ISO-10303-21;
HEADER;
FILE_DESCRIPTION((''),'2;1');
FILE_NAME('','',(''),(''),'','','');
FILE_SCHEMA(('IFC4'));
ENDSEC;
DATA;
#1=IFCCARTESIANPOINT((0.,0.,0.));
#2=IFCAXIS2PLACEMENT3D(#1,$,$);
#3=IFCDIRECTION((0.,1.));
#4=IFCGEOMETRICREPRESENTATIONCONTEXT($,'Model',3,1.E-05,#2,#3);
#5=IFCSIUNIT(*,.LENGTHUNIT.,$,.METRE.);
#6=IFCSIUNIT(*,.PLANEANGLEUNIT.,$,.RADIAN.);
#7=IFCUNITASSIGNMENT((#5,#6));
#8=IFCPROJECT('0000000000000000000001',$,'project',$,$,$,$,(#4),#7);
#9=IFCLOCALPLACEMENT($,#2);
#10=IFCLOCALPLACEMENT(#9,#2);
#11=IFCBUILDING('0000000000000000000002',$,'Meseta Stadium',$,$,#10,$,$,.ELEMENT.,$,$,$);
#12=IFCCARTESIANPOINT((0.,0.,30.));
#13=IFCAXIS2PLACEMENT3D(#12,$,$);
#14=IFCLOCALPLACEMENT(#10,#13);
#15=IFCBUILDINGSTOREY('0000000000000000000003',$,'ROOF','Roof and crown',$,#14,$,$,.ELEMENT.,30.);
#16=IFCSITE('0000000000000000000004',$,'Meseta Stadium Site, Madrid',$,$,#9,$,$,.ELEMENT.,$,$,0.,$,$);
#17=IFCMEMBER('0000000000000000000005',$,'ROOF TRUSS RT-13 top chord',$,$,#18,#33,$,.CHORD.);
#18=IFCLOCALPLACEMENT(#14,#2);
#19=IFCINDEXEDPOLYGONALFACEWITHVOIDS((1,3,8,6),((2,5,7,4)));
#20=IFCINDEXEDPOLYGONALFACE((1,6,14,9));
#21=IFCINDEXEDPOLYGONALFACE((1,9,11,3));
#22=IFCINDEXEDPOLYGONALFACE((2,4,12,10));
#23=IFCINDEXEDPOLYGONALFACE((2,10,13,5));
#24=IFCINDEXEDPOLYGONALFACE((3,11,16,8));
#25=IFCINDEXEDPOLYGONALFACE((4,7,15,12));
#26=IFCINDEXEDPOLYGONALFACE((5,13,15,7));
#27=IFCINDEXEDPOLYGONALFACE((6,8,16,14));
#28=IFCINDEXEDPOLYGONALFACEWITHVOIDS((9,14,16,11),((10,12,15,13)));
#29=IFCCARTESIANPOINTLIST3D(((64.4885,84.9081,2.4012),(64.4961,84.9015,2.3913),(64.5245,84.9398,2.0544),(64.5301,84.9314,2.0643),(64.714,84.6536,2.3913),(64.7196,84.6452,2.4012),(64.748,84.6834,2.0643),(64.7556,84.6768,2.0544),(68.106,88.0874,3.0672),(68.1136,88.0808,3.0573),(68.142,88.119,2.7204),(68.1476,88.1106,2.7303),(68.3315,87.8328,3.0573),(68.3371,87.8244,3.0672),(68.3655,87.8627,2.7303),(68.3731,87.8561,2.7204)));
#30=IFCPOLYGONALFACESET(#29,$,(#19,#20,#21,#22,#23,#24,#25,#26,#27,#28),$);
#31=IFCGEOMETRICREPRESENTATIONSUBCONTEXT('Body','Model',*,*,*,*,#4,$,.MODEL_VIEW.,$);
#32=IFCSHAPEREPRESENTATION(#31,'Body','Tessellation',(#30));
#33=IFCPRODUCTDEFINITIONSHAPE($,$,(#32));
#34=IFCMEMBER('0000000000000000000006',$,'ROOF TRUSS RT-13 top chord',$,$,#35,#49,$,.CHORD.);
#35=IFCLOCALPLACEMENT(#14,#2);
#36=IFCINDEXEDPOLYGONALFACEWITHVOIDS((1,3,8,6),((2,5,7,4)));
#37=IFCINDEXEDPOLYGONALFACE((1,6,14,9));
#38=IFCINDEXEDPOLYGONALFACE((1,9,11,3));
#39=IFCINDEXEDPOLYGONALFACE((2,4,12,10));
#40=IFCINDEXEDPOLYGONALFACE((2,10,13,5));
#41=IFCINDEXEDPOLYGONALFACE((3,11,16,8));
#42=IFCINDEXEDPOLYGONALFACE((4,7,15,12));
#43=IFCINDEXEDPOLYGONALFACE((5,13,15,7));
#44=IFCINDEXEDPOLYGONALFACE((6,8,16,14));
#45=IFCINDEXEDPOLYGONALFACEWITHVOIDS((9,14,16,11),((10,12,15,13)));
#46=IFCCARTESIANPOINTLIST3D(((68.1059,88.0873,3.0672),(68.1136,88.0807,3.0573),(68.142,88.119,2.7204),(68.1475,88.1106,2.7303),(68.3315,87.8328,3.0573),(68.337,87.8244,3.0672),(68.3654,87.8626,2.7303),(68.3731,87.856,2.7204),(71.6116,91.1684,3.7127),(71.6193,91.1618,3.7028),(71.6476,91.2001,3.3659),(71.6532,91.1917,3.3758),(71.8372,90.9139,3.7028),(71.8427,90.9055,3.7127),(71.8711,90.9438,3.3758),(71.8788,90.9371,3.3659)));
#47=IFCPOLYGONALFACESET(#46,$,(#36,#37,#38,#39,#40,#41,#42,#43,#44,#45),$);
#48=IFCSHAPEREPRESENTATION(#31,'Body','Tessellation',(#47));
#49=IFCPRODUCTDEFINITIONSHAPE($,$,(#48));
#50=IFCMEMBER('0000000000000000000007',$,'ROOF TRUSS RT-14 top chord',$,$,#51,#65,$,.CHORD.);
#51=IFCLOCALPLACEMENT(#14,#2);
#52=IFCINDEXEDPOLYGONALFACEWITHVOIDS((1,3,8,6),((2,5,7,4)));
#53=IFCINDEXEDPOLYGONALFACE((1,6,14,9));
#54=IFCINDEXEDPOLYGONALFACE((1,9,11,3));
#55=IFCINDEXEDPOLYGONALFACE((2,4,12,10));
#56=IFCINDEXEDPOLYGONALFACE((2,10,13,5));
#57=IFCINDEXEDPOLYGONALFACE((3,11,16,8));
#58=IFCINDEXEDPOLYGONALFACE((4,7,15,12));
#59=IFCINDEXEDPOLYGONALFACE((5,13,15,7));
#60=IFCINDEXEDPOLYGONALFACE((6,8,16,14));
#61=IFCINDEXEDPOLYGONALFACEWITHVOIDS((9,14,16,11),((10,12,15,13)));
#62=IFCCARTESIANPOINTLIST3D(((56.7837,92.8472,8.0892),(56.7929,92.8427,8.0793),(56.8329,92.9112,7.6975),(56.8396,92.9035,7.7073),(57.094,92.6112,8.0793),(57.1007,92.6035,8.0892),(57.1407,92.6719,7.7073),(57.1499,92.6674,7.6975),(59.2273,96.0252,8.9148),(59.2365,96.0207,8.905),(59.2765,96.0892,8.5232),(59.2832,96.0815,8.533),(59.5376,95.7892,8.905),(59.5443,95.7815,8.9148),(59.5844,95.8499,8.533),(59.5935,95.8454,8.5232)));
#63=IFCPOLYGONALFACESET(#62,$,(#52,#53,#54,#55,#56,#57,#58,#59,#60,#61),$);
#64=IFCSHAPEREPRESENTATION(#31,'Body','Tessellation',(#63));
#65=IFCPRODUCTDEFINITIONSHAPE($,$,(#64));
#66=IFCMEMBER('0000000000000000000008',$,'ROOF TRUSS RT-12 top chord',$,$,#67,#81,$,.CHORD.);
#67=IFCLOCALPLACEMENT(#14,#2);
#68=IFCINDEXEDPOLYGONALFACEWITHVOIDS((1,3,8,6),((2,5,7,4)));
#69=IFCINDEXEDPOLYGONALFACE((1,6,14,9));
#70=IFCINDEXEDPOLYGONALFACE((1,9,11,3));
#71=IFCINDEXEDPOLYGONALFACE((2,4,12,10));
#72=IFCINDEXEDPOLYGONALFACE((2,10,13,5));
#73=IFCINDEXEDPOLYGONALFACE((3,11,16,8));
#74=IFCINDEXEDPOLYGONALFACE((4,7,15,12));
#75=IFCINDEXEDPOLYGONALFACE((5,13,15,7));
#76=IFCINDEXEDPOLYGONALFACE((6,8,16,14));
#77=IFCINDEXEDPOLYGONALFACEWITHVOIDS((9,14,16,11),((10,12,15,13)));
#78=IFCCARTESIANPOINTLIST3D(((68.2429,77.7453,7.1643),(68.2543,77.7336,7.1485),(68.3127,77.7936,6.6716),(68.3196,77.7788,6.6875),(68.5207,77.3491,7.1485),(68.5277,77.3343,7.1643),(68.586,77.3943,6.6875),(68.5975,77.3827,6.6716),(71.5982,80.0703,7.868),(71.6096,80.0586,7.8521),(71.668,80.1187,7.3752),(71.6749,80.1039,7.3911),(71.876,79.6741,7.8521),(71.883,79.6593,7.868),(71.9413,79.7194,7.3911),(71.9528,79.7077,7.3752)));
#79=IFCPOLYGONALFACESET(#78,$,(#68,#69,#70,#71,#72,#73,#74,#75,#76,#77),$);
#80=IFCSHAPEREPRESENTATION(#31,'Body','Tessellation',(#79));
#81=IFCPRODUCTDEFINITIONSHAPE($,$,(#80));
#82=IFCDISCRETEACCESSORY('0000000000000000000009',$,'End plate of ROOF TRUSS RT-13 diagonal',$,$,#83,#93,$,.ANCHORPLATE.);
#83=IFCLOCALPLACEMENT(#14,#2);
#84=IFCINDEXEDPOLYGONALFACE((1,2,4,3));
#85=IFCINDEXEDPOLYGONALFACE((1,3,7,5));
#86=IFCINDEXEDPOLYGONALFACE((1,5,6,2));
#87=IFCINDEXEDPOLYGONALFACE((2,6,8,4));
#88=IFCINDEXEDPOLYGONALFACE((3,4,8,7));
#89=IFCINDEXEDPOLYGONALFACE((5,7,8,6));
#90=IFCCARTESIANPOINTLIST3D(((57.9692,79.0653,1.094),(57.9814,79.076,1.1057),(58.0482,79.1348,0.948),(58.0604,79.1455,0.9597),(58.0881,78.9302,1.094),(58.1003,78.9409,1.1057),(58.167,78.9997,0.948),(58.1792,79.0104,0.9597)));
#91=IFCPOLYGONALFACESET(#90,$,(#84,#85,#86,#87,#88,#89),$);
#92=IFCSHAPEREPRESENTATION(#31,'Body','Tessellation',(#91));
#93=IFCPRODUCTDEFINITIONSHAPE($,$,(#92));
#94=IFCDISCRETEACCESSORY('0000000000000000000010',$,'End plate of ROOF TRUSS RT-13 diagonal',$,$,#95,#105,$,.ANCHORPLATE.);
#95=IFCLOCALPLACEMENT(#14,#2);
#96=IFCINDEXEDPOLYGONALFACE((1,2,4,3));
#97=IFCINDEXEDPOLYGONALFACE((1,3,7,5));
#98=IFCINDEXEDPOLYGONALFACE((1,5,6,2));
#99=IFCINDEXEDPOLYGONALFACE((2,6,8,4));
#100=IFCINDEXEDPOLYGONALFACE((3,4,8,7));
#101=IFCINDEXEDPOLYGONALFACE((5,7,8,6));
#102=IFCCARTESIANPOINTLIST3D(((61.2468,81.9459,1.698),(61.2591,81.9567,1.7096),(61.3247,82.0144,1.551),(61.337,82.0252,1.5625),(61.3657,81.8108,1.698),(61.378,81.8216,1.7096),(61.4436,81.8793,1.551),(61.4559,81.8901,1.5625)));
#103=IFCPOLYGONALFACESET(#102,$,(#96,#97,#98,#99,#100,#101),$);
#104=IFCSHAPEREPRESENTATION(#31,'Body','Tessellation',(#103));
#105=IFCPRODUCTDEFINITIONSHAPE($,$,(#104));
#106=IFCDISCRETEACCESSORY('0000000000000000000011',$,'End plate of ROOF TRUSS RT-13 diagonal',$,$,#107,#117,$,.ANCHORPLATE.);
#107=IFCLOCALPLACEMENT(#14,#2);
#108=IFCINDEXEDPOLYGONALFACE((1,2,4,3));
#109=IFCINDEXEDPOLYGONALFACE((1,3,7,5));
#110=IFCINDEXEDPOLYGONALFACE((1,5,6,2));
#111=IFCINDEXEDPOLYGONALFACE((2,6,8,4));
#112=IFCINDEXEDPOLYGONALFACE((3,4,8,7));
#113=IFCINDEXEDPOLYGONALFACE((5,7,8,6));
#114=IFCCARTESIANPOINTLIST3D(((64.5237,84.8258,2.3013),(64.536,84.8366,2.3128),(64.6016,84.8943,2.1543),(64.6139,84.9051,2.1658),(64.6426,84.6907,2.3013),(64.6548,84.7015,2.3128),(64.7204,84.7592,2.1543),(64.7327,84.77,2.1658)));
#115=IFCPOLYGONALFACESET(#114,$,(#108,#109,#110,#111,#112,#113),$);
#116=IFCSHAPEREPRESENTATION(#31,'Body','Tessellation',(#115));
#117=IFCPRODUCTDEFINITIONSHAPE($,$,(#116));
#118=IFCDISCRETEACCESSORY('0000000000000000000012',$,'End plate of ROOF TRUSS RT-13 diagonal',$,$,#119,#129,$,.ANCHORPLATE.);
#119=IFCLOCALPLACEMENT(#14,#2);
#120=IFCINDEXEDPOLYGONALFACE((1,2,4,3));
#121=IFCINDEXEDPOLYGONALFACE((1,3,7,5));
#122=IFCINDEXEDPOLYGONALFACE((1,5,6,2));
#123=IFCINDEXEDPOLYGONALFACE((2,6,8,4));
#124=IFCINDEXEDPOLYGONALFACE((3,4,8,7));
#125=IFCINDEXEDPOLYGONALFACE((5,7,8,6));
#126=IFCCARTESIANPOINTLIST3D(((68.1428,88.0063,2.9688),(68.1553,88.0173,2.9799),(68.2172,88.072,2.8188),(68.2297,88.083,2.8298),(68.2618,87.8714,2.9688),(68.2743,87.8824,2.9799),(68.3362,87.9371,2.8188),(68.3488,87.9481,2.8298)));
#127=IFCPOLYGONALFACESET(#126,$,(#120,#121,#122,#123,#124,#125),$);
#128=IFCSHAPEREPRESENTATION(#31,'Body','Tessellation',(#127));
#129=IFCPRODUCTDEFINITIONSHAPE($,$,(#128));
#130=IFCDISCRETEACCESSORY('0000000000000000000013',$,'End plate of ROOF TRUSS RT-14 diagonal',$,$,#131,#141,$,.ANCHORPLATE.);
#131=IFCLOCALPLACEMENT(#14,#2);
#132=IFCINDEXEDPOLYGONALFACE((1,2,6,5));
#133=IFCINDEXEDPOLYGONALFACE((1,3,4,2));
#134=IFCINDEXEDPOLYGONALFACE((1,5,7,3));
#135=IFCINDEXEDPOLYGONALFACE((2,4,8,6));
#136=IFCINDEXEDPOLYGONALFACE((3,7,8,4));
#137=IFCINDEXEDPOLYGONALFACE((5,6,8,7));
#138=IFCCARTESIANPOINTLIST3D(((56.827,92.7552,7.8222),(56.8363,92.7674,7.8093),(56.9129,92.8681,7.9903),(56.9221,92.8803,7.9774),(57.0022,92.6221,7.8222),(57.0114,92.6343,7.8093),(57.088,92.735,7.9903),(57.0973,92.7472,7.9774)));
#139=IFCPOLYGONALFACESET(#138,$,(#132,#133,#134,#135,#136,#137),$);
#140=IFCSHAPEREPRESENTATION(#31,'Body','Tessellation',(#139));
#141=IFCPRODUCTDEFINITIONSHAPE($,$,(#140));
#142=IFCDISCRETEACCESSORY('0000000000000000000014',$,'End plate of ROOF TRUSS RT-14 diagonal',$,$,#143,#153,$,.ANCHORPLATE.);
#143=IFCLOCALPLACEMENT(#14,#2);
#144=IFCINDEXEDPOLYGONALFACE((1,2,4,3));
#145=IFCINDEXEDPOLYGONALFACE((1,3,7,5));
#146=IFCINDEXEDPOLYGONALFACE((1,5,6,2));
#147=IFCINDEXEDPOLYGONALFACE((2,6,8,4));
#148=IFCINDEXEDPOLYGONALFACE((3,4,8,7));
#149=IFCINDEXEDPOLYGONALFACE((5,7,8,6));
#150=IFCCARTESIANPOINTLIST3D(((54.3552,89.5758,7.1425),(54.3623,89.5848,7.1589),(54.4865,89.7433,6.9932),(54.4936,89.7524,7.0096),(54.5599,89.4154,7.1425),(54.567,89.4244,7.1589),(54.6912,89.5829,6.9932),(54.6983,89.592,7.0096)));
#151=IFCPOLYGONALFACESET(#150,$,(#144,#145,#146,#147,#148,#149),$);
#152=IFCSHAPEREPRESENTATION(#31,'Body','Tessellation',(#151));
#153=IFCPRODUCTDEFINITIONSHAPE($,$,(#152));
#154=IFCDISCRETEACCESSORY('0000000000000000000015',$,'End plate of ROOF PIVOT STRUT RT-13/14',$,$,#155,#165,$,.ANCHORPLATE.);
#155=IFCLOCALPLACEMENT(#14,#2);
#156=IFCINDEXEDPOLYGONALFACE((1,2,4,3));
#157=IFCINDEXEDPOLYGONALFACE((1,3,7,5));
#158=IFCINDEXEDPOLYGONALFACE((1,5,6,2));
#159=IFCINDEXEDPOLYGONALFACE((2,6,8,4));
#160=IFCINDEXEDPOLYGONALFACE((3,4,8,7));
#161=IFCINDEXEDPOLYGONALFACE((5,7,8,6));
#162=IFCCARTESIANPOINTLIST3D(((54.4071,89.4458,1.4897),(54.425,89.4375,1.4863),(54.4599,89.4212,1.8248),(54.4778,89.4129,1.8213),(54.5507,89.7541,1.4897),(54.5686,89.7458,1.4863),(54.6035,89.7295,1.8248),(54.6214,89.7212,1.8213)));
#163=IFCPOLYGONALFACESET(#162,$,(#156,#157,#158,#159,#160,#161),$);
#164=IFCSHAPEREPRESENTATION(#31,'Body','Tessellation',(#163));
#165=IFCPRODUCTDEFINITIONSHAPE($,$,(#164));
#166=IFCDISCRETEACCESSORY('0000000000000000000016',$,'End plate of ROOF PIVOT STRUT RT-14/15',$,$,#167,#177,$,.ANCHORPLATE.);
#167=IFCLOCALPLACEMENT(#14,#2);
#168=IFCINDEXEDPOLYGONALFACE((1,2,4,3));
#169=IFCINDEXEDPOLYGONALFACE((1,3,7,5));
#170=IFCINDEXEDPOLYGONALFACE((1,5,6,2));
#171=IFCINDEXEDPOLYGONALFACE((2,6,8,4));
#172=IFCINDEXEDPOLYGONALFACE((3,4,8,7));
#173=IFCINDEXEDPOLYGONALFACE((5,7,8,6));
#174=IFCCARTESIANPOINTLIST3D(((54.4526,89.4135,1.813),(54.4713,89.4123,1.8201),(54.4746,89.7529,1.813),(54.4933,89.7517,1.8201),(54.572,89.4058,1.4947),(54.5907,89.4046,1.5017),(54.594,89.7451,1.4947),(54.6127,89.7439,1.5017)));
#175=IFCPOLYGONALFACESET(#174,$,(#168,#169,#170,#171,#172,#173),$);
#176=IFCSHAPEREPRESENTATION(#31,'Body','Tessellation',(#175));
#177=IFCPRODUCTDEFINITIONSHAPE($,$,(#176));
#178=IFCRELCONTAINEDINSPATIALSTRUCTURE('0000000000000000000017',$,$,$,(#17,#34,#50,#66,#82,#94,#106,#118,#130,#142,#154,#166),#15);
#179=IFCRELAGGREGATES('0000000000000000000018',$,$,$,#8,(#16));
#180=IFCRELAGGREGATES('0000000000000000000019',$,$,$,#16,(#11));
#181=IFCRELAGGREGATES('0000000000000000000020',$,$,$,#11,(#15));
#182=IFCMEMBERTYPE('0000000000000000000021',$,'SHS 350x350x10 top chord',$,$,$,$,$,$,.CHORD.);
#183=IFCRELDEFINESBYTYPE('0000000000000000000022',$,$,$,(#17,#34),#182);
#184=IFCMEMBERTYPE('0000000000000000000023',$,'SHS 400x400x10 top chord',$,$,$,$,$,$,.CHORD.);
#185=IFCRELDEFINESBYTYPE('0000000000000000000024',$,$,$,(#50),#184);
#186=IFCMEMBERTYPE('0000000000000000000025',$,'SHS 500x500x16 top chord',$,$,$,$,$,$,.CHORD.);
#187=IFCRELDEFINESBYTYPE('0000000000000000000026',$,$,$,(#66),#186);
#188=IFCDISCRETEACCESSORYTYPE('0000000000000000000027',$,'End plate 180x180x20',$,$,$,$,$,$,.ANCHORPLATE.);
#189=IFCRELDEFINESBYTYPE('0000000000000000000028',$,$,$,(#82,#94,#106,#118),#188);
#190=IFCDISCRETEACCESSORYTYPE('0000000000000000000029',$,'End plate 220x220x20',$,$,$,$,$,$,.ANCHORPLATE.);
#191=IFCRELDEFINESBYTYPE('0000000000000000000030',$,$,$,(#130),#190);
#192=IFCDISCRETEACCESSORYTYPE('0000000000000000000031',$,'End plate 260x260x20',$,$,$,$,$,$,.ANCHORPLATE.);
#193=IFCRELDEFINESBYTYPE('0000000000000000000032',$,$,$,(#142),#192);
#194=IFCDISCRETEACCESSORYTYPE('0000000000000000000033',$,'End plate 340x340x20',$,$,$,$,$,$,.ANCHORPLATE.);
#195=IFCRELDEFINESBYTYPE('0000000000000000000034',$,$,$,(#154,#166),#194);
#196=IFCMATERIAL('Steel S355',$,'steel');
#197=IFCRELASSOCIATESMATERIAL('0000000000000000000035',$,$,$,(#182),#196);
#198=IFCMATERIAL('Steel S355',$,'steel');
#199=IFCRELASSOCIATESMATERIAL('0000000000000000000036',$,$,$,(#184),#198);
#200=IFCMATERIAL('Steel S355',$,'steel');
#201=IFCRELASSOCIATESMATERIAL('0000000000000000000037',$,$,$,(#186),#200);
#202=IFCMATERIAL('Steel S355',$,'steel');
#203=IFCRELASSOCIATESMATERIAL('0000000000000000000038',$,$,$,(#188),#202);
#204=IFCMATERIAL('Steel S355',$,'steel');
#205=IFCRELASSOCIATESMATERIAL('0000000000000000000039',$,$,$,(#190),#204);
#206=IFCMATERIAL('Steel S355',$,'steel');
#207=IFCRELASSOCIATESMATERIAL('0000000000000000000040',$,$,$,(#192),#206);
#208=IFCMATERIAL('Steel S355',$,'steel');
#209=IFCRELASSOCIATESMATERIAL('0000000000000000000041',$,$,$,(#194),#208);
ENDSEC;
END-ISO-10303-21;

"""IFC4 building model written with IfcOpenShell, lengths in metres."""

from ifc_helpers import new_model, si_unit, direction, frame, origin, origin_2d, place, context, subcontext, project, spatial, rectangle, hollow_rectangle, extrude, material, material_profile, profile_set, type_object, element, save


model = new_model("IFC4")

# Units and contexts
model_context = context("Model", 3, precision=1e-05, world=origin(), true_north=direction((0.0, 1.0)))
body_context = subcontext(model_context, "Body", "Model", "MODEL_VIEW")
ifc_project = project(units=[si_unit("LENGTHUNIT", "METRE"), si_unit("PLANEANGLEUNIT", "RADIAN")], contexts=[model_context])

# Site, building, storey
site_placement = place(None, origin())
site = spatial("IfcSite", under=ifc_project, at=site_placement, Name="Meseta Stadium Site, Madrid", CompositionType="ELEMENT", RefElevation=0.0)
building_placement = place(site_placement, origin())
building = spatial("IfcBuilding", under=site, at=building_placement, Name="Meseta Stadium", CompositionType="ELEMENT")
storey_placement = place(building_placement, frame((0.0, 0.0, 30.0)))
storey = spatial("IfcBuildingStorey", under=building, at=storey_placement, Name="ROOF", Description="Roof and crown", CompositionType="ELEMENT", Elevation=30.0)

# Members
ifc_material_1 = material(Name="Steel S355", Category="steel")
ifc_material_profile_1 = material_profile(ifc_material_1, hollow_rectangle(XDim=0.3501, YDim=0.3501, WallThickness=0.01, at=origin_2d()), Name="SHS 350x350x10")
ifc_profile_set_1 = profile_set([ifc_material_profile_1], Name="Steel S355")
member_type_1 = type_object("IfcMemberType", Name="SHS 350x350x10 top chord", PredefinedType="CHORD", material=ifc_profile_set_1)
member_1_placement = place(storey_placement, frame((64.6221, 84.7925, 2.2278), z_axis=(0.744058, 0.65392, 0.136991), x_axis=(-0.660143, 0.75114, 0.0)))
element("IfcMember", 1, at=member_1_placement, inside=storey, type_object=member_type_1, Name="ROOF TRUSS RT-13 top chord", PredefinedType="CHORD", context=body_context, shape_type="SweptSolid", body=[
    extrude(hollow_rectangle(XDim=0.3501, YDim=0.3501, WallThickness=0.01, at=origin_2d()), origin(), (0.0, 0.0, 1.0), 4.8618),
])
member_2_placement = place(storey_placement, frame((68.2395, 87.9717, 2.8938), z_axis=(0.744044, 0.653933, 0.137005), x_axis=(-0.660158, 0.751126, 0.0)))
element("IfcMember", 2, at=member_2_placement, inside=storey, type_object=member_type_1, Name="ROOF TRUSS RT-13 top chord", PredefinedType="CHORD", context=body_context, shape_type="SweptSolid", body=[
    extrude(hollow_rectangle(XDim=0.3501, YDim=0.3501, WallThickness=0.01, at=origin_2d()), origin(), (0.0, 0.0, 1.0), 4.7117),
])
ifc_material_2 = material(Name="Steel S355", Category="steel")
ifc_material_profile_2 = material_profile(ifc_material_2, hollow_rectangle(XDim=0.3999, YDim=0.3999, WallThickness=0.01, at=origin_2d()), Name="SHS 400x400x10")
ifc_profile_set_2 = profile_set([ifc_material_profile_2], Name="Steel S355")
member_type_2 = type_object("IfcMemberType", Name="SHS 400x400x10 top chord", PredefinedType="CHORD", material=ifc_profile_set_2)
member_3_placement = place(storey_placement, frame((56.9668, 92.7573, 7.8933), z_axis=(0.597023, 0.776446, 0.201732), x_axis=(-0.792744, 0.609555, 0.0)))
element("IfcMember", 3, at=member_3_placement, inside=storey, type_object=member_type_2, Name="ROOF TRUSS RT-14 top chord", PredefinedType="CHORD", context=body_context, shape_type="SweptSolid", body=[
    extrude(hollow_rectangle(XDim=0.3999, YDim=0.3999, WallThickness=0.01, at=origin_2d()), origin(), (0.0, 0.0, 1.0), 4.093),
])
ifc_material_3 = material(Name="Steel S355", Category="steel")
ifc_material_profile_3 = material_profile(ifc_material_3, hollow_rectangle(XDim=0.5, YDim=0.5, WallThickness=0.0161, at=origin_2d()), Name="SHS 500x500x16")
ifc_profile_set_3 = profile_set([ifc_material_profile_3], Name="Steel S355")
member_type_3 = type_object("IfcMemberType", Name="SHS 500x500x16 top chord", PredefinedType="CHORD", material=ifc_profile_set_3)
member_4_placement = place(storey_placement, frame((68.4202, 77.564, 6.918), z_axis=(0.810006, 0.561281, 0.169864), x_axis=(-0.569558, 0.821951, 0.0)))
element("IfcMember", 4, at=member_4_placement, inside=storey, type_object=member_type_3, Name="ROOF TRUSS RT-12 top chord", PredefinedType="CHORD", context=body_context, shape_type="SweptSolid", body=[
    extrude(hollow_rectangle(XDim=0.5, YDim=0.5, WallThickness=0.0161, at=origin_2d()), origin(), (0.0, 0.0, 1.0), 4.1423),
])

# Discrete accessories
ifc_material_4 = material(Name="Steel S355", Category="steel")
ifc_material_profile_4 = material_profile(ifc_material_4, rectangle(XDim=0.1799, YDim=0.1799, at=origin_2d()), Name="PL 180x180")
ifc_profile_set_4 = profile_set([ifc_material_profile_4], Name="Steel S355")
discrete_accessory_type_1 = type_object("IfcDiscreteAccessoryType", Name="End plate 180x180x20", PredefinedType="ANCHORPLATE", material=ifc_profile_set_4)
for number, where, z_axis, x_axis, name in (
    (5, (58.0681, 79.0325, 1.021), (0.609032, 0.535948, 0.584671), (-0.660628, 0.750714, 0.0), "End plate of ROOF TRUSS RT-13 diagonal"),
    (6, (61.3452, 81.9126, 1.6245), (0.61337, 0.539766, 0.576568), (-0.660628, 0.750714, 0.0), "End plate of ROOF TRUSS RT-13 diagonal"),
    (7, (64.6221, 84.7925, 2.2278), (0.61337, 0.539766, 0.576568), (-0.660628, 0.750714, 0.0), "End plate of ROOF TRUSS RT-13 diagonal"),
    (8, (68.2395, 87.9717, 2.8938), (0.625355, 0.551784, 0.551784), (-0.661622, 0.749838, 0.0), "End plate of ROOF TRUSS RT-13 diagonal"),
):
    element("IfcDiscreteAccessory", number, at=place(storey_placement, frame(where, z_axis=z_axis, x_axis=x_axis)), inside=storey, type_object=discrete_accessory_type_1, Name=name, PredefinedType="ANCHORPLATE", context=body_context, shape_type="SweptSolid", body=[
        extrude(rectangle(XDim=0.1799, YDim=0.1799, at=origin_2d()), origin(), (0.0, 0.0, 1.0), 0.02),
    ])
ifc_material_5 = material(Name="Steel S355", Category="steel")
ifc_material_profile_5 = material_profile(ifc_material_5, rectangle(XDim=0.22, YDim=0.22, at=origin_2d()), Name="PL 220x220")
ifc_profile_set_5 = profile_set([ifc_material_profile_5], Name="Steel S355")
discrete_accessory_type_2 = type_object("IfcDiscreteAccessoryType", Name="End plate 220x220x20", PredefinedType="ANCHORPLATE", material=ifc_profile_set_5)
discrete_accessory_1_placement = place(storey_placement, frame((56.9575, 92.7451, 7.9062), z_axis=(0.462419, 0.608445, -0.644952), x_axis=(-0.796162, 0.605083, 0.0)))
element("IfcDiscreteAccessory", 9, at=discrete_accessory_1_placement, inside=storey, type_object=discrete_accessory_type_2, Name="End plate of ROOF TRUSS RT-14 diagonal", PredefinedType="ANCHORPLATE", context=body_context, shape_type="SweptSolid", body=[
    extrude(rectangle(XDim=0.22, YDim=0.22, at=origin_2d()), origin(), (0.0, 0.0, 1.0), 0.02),
])
ifc_material_6 = material(Name="Steel S355", Category="steel")
ifc_material_profile_6 = material_profile(ifc_material_6, rectangle(XDim=0.26, YDim=0.26, at=origin_2d()), Name="PL 260x260")
ifc_profile_set_6 = profile_set([ifc_material_profile_6], Name="Steel S355")
discrete_accessory_type_3 = type_object("IfcDiscreteAccessoryType", Name="End plate 260x260x20", PredefinedType="ANCHORPLATE", material=ifc_profile_set_6)
discrete_accessory_2_placement = place(storey_placement, frame((54.5232, 89.5793, 7.0679), z_axis=(0.354318, 0.452061, 0.818596), x_axis=(-0.787056, 0.616882, 0.0)))
element("IfcDiscreteAccessory", 10, at=discrete_accessory_2_placement, inside=storey, type_object=discrete_accessory_type_3, Name="End plate of ROOF TRUSS RT-14 diagonal", PredefinedType="ANCHORPLATE", context=body_context, shape_type="SweptSolid", body=[
    extrude(rectangle(XDim=0.26, YDim=0.26, at=origin_2d()), origin(), (0.0, 0.0, 1.0), 0.02),
])
ifc_material_7 = material(Name="Steel S355", Category="steel")
ifc_material_profile_7 = material_profile(ifc_material_7, rectangle(XDim=0.3401, YDim=0.3401, at=origin_2d()), Name="PL 340x340")
ifc_profile_set_7 = profile_set([ifc_material_profile_7], Name="Steel S355")
discrete_accessory_type_4 = type_object("IfcDiscreteAccessoryType", Name="End plate 340x340x20", PredefinedType="ANCHORPLATE", material=ifc_profile_set_7)
for number, where, z_axis, x_axis, name in (
    (11, (54.5232, 89.5793, 1.6538), (-0.893104, 0.415966, 0.17128), (-0.422206, -0.9065, 0.0), "End plate of ROOF PIVOT STRUT RT-13/14"),
    (12, (54.542, 89.5781, 1.6609), (-0.934106, 0.060656, -0.351806), (-0.064799, -0.997898, 0.0), "End plate of ROOF PIVOT STRUT RT-14/15"),
):
    element("IfcDiscreteAccessory", number, at=place(storey_placement, frame(where, z_axis=z_axis, x_axis=x_axis)), inside=storey, type_object=discrete_accessory_type_4, Name=name, PredefinedType="ANCHORPLATE", context=body_context, shape_type="SweptSolid", body=[
        extrude(rectangle(XDim=0.3401, YDim=0.3401, at=origin_2d()), origin(), (0.0, 0.0, 1.0), 0.02),
    ])

save(model, "model.ifc")
